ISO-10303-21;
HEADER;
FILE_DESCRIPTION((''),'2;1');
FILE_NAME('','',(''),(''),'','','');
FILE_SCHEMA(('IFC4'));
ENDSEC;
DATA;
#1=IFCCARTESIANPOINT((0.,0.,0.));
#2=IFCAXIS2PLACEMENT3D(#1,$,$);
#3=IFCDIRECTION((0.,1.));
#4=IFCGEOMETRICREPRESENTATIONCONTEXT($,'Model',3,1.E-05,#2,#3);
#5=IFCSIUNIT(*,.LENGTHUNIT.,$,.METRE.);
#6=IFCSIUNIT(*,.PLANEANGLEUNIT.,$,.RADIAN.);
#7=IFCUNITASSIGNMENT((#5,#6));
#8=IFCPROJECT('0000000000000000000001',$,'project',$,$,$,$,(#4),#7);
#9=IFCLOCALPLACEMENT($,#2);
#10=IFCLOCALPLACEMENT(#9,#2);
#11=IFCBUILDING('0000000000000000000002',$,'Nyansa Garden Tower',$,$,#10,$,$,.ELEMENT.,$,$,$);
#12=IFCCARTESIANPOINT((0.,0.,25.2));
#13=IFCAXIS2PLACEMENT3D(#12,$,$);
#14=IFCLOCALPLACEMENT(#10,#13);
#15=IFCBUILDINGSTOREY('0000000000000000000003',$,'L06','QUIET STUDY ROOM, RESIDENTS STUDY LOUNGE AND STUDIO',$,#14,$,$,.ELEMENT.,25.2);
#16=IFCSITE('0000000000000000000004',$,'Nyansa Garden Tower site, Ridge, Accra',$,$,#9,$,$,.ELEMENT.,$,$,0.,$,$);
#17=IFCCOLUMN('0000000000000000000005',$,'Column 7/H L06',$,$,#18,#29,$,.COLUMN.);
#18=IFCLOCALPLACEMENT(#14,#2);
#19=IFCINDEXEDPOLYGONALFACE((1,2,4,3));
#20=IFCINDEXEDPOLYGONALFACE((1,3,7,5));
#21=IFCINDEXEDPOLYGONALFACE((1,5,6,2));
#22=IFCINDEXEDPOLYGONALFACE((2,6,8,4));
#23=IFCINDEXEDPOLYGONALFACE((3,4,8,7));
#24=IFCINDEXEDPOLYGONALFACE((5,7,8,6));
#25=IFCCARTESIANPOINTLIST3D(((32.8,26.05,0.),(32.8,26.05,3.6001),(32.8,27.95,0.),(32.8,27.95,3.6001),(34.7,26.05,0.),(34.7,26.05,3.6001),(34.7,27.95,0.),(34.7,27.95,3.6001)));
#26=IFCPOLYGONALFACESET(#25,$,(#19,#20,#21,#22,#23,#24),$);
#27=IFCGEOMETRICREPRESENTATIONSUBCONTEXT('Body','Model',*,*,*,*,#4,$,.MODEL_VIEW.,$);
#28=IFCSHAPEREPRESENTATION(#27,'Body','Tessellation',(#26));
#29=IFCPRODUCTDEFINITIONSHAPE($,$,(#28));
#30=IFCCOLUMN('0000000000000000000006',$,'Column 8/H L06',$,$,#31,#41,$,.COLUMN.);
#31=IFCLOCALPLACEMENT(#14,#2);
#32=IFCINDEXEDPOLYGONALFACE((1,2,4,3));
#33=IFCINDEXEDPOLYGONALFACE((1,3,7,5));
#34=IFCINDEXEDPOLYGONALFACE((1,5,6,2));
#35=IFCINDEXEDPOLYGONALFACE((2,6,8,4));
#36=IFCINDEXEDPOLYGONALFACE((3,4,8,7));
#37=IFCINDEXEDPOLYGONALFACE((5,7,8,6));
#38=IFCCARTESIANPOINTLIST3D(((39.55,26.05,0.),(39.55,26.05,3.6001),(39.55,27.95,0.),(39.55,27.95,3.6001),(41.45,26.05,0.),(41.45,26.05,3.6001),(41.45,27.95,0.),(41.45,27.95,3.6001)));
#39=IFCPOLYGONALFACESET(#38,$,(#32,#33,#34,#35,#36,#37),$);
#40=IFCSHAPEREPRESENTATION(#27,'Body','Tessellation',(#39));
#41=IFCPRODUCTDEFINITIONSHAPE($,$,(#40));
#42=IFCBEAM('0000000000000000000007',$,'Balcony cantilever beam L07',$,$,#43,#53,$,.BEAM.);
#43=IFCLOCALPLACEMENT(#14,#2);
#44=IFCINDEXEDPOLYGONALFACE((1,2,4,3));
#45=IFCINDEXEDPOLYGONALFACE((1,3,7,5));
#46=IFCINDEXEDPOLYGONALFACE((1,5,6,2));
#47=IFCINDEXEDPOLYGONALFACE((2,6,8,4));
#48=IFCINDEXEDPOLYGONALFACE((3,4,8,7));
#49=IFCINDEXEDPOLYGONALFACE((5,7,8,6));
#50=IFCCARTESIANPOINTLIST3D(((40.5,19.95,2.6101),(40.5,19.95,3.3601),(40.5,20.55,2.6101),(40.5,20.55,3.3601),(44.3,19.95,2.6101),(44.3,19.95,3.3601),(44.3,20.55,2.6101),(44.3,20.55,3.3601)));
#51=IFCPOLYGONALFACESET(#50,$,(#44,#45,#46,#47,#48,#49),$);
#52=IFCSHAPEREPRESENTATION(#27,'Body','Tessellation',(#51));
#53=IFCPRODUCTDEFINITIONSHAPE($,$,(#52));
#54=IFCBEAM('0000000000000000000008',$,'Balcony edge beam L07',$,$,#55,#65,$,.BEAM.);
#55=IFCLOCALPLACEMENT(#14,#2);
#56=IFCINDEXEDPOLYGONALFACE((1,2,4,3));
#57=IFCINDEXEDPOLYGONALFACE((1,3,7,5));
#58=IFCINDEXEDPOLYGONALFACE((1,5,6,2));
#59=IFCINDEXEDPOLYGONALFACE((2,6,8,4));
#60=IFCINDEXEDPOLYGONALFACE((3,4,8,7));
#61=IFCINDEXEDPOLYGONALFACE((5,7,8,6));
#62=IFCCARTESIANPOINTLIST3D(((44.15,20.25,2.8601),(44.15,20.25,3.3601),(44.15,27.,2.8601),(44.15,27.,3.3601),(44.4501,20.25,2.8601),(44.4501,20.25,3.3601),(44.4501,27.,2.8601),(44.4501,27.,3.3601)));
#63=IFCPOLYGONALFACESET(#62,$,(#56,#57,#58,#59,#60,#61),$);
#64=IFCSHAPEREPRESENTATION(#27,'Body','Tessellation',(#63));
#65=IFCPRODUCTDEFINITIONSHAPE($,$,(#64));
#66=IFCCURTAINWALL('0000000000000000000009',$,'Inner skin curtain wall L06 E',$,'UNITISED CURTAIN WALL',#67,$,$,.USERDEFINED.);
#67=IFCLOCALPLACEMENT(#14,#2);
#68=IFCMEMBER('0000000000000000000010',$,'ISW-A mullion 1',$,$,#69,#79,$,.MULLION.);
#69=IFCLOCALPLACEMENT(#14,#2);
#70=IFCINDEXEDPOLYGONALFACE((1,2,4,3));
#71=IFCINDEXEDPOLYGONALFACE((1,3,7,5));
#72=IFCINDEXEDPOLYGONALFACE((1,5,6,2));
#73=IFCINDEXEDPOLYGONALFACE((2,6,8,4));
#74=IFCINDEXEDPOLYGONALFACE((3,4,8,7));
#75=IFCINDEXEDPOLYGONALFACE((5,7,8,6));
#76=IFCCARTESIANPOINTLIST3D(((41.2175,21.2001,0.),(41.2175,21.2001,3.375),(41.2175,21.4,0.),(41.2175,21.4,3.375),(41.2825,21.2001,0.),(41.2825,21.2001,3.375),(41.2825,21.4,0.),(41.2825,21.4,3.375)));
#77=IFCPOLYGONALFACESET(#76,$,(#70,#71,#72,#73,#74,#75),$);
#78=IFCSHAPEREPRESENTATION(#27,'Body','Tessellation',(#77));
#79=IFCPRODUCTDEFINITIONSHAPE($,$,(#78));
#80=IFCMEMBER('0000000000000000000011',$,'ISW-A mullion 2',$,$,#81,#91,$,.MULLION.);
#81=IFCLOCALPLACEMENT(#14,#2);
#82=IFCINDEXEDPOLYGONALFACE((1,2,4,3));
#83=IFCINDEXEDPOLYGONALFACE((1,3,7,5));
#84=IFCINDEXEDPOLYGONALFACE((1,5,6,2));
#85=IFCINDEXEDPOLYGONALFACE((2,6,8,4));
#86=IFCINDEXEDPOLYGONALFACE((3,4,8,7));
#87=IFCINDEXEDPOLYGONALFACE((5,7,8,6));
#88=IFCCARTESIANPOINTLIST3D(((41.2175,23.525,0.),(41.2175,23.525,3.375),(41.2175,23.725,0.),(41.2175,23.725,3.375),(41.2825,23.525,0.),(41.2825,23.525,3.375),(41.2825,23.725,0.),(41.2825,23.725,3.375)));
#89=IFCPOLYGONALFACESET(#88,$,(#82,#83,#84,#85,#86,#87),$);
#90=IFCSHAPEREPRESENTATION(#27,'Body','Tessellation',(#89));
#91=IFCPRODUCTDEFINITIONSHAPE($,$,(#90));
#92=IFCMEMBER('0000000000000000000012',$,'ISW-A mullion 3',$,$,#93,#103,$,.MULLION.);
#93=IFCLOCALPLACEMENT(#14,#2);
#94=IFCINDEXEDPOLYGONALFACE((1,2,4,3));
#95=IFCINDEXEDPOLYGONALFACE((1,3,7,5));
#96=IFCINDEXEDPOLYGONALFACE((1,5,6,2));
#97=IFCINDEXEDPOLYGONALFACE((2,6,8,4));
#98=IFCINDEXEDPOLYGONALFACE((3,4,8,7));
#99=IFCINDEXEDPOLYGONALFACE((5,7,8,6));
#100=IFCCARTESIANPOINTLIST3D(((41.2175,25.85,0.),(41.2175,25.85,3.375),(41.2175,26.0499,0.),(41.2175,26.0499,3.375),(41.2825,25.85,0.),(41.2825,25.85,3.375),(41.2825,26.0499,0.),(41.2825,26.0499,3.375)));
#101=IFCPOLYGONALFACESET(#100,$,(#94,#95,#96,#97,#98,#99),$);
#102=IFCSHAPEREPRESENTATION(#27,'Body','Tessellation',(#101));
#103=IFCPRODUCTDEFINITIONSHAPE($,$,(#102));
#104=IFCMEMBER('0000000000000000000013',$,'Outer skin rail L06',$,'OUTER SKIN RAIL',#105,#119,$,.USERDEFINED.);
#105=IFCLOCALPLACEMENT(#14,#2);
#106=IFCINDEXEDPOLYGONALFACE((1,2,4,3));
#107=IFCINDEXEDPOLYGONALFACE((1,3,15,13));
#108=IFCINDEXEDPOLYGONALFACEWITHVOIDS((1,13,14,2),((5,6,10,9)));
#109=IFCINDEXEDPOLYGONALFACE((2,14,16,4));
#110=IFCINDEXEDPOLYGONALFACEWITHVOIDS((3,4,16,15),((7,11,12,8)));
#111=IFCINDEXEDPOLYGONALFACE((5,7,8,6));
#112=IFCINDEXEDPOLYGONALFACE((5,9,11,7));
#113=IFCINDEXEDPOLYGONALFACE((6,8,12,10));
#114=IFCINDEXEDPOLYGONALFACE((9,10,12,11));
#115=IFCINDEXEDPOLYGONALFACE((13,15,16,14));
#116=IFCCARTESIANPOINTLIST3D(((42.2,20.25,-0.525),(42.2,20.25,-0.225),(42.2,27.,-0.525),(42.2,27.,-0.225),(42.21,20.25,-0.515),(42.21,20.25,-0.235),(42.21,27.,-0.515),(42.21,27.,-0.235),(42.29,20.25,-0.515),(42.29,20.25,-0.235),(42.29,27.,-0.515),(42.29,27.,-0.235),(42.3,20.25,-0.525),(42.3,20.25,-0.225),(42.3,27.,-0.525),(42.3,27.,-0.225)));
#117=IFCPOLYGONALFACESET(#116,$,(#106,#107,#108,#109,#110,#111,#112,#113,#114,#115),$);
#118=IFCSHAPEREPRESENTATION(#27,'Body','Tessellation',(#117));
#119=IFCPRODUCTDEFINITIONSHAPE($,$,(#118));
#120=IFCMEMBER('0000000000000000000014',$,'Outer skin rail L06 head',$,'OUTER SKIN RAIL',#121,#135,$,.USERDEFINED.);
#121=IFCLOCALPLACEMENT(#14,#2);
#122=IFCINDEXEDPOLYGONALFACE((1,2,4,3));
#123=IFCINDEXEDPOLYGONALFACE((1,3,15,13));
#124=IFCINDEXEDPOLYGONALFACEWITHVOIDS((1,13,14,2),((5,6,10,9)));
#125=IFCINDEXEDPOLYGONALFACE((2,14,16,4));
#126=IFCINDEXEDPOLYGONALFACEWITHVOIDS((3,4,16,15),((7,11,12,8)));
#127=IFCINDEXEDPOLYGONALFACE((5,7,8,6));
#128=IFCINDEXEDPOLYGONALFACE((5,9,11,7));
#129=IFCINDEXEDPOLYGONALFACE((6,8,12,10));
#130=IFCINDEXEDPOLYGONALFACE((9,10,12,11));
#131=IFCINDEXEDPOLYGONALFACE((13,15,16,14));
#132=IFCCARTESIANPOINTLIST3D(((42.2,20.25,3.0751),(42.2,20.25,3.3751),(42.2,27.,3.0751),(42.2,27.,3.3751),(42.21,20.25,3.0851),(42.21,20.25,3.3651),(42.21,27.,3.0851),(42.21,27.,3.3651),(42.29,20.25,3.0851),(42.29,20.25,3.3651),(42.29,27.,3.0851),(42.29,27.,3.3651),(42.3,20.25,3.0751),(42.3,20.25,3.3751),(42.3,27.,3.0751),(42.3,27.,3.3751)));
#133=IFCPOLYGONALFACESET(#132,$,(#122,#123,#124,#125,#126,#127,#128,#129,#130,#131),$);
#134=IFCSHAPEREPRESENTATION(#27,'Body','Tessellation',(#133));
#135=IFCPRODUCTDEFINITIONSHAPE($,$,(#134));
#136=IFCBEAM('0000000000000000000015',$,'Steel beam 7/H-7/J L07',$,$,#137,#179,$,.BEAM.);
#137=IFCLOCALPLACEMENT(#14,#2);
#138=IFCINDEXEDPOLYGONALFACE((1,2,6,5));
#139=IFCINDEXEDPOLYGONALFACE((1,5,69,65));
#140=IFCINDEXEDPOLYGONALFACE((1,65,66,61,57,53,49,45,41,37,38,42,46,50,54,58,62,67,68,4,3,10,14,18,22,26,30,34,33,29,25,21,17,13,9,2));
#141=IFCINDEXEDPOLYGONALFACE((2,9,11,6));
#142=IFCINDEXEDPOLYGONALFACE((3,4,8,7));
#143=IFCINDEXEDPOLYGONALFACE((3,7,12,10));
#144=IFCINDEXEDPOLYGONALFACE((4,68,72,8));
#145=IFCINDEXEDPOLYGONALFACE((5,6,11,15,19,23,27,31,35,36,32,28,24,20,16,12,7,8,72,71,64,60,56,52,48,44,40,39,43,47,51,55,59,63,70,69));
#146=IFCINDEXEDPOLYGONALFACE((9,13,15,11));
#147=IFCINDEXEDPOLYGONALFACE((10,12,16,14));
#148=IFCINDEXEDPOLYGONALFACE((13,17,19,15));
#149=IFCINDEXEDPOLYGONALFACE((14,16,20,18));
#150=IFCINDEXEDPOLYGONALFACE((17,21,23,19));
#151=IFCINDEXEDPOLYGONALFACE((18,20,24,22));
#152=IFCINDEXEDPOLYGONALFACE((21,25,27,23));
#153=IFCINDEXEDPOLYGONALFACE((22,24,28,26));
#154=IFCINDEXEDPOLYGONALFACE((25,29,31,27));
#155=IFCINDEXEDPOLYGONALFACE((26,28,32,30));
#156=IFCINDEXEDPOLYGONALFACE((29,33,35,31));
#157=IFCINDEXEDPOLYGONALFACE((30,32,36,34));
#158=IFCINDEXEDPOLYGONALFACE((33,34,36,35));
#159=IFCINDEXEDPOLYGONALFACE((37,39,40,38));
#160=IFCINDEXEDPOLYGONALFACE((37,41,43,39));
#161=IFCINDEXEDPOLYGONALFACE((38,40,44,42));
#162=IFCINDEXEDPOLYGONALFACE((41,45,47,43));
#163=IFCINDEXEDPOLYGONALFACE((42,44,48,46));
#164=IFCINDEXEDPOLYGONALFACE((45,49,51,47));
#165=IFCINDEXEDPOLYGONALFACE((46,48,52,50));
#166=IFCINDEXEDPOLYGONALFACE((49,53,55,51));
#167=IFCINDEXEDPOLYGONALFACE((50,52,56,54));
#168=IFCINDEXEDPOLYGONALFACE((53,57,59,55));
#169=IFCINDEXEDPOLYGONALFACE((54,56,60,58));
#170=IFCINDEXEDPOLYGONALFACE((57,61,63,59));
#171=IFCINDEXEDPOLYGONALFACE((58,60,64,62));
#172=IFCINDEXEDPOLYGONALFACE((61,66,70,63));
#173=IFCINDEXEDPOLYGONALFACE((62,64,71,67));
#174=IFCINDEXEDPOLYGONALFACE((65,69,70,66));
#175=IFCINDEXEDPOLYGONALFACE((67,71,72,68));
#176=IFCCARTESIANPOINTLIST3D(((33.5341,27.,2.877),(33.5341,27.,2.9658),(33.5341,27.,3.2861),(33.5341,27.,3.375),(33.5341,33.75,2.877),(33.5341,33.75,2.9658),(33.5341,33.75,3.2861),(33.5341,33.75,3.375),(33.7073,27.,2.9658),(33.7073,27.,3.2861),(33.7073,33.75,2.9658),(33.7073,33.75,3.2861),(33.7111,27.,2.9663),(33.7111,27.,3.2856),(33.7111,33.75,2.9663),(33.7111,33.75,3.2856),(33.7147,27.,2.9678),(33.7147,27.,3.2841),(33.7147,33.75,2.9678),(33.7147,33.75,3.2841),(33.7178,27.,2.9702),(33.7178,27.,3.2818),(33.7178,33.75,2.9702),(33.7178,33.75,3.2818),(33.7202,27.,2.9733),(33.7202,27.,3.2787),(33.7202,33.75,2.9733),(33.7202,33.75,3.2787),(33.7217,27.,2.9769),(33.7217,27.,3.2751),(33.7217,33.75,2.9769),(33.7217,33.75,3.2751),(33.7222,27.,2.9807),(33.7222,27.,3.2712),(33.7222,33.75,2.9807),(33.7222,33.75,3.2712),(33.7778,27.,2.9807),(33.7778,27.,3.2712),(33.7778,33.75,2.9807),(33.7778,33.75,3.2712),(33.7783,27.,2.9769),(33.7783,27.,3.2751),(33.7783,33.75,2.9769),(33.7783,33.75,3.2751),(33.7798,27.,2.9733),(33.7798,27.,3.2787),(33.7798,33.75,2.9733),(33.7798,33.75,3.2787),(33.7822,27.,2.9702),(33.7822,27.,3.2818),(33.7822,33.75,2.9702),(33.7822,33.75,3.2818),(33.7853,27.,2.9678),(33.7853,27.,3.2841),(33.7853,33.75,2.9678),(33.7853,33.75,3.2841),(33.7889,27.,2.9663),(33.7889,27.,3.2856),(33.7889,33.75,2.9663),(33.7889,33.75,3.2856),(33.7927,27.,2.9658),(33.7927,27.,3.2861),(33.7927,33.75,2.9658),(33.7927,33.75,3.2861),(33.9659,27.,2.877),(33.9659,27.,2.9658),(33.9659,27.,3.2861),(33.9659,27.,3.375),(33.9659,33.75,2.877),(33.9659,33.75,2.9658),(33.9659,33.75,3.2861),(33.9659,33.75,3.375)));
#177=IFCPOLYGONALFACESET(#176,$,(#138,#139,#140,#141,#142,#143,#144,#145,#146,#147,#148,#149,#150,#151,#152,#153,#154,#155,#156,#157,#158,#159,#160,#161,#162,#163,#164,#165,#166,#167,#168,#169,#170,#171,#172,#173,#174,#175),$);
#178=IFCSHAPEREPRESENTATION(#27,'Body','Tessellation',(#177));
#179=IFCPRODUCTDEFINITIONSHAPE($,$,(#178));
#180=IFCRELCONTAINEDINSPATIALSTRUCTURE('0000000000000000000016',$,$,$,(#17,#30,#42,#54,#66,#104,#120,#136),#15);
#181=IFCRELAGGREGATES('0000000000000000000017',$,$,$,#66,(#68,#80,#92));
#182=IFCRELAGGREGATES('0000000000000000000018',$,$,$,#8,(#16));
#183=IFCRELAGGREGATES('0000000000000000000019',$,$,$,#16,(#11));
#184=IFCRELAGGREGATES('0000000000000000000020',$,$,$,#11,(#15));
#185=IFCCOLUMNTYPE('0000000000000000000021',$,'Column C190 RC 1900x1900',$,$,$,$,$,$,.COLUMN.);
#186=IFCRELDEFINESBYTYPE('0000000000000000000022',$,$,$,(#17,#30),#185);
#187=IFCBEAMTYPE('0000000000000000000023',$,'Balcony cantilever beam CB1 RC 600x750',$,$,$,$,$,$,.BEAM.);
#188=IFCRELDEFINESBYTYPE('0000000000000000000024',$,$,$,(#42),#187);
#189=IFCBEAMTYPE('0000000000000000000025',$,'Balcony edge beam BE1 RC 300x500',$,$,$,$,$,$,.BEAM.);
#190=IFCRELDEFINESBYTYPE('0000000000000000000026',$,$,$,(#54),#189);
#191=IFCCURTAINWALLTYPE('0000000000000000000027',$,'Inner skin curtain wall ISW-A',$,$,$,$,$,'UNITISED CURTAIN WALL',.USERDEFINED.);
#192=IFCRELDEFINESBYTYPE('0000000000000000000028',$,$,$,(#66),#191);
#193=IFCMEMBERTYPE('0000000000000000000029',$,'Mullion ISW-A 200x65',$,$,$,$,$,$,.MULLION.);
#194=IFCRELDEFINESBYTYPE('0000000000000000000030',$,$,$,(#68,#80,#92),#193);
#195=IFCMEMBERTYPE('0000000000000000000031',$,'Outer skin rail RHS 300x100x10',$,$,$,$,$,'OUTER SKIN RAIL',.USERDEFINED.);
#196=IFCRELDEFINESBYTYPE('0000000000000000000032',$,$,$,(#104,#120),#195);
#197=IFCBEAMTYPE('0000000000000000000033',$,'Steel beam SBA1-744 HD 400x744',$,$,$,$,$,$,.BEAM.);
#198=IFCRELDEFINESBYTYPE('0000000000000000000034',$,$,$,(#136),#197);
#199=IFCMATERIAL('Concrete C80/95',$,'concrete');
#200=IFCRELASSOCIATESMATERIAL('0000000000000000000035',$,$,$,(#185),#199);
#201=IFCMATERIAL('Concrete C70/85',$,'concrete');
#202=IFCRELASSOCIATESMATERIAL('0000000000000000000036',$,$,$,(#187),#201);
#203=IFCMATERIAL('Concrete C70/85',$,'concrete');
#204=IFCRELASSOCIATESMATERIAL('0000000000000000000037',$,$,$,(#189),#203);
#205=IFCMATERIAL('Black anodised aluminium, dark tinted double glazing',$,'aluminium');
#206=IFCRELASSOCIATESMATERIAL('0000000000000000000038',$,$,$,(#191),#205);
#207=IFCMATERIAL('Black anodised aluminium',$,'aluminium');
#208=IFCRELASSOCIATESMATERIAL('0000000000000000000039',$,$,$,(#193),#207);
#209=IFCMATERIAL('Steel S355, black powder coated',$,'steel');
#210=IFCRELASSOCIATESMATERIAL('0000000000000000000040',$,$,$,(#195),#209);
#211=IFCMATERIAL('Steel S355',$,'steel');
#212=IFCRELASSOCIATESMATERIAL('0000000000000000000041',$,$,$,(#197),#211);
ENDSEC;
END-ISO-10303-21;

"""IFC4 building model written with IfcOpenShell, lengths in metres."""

from ifc_helpers import new_model, si_unit, direction, frame, origin, origin_2d, place, context, subcontext, project, spatial, rectangle, hollow_rectangle, i_section, extrude, material, material_profile, profile_set, type_object, element, aggregate, save


model = new_model("IFC4")

# Units and contexts
model_context = context("Model", 3, precision=1e-05, world=origin(), true_north=direction((0.0, 1.0)))
body_context = subcontext(model_context, "Body", "Model", "MODEL_VIEW")
ifc_project = project(units=[si_unit("LENGTHUNIT", "METRE"), si_unit("PLANEANGLEUNIT", "RADIAN")], contexts=[model_context])

# Site, building, storey
site_placement = place(None, origin())
site = spatial("IfcSite", under=ifc_project, at=site_placement, Name="Nyansa Garden Tower site, Ridge, Accra", CompositionType="ELEMENT", RefElevation=0.0)
building_placement = place(site_placement, origin())
building = spatial("IfcBuilding", under=site, at=building_placement, Name="Nyansa Garden Tower", CompositionType="ELEMENT")
storey_placement = place(building_placement, frame((0.0, 0.0, 25.2)))
storey = spatial("IfcBuildingStorey", under=building, at=storey_placement, Name="L06", Description="QUIET STUDY ROOM, RESIDENTS STUDY LOUNGE AND STUDIO", CompositionType="ELEMENT", Elevation=25.2)

# Columns
ifc_material_1 = material(Name="Concrete C80/95", Category="concrete")
ifc_material_profile_1 = material_profile(ifc_material_1, rectangle(XDim=1.8999, YDim=1.8999, at=origin_2d()), Name="RC 1900x1900")
ifc_profile_set_1 = profile_set([ifc_material_profile_1], Name="Concrete C80/95")
column_type = type_object("IfcColumnType", Name="Column C190 RC 1900x1900", PredefinedType="COLUMN", material=ifc_profile_set_1)
for number, where, z_axis, x_axis, name in (
    (1, (33.75, 27.0, 0.0), (0.0, 0.0, 1.0), (1.0, 0.0, 0.0), "Column 7/H L06"),
    (2, (40.5, 27.0, 0.0), (0.0, 0.0, 1.0), (1.0, 0.0, 0.0), "Column 8/H L06"),
):
    element("IfcColumn", number, at=place(storey_placement, frame(where, z_axis=z_axis, x_axis=x_axis)), inside=storey, type_object=column_type, Name=name, PredefinedType="COLUMN", context=body_context, shape_type="SweptSolid", body=[
        extrude(rectangle(XDim=1.8999, YDim=1.8999, at=origin_2d()), origin(), (0.0, 0.0, 1.0), 3.6001),
    ])

# Beams
ifc_material_2 = material(Name="Concrete C70/85", Category="concrete")
ifc_material_profile_2 = material_profile(ifc_material_2, rectangle(XDim=0.6001, YDim=0.75, at=origin_2d()), Name="RC 600x750")
ifc_profile_set_2 = profile_set([ifc_material_profile_2], Name="Concrete C70/85")
beam_type_1 = type_object("IfcBeamType", Name="Balcony cantilever beam CB1 RC 600x750", PredefinedType="BEAM", material=ifc_profile_set_2)
beam_1_placement = place(storey_placement, frame((40.5, 20.25, 2.9851), z_axis=(1.0, 0.0, 0.0), x_axis=(0.0, 1.0, 0.0)))
element("IfcBeam", 3, at=beam_1_placement, inside=storey, type_object=beam_type_1, Name="Balcony cantilever beam L07", PredefinedType="BEAM", context=body_context, shape_type="SweptSolid", body=[
    extrude(rectangle(XDim=0.6001, YDim=0.75, at=origin_2d()), origin(), (0.0, 0.0, 1.0), 3.8),
])
ifc_material_3 = material(Name="Concrete C70/85", Category="concrete")
ifc_material_profile_3 = material_profile(ifc_material_3, rectangle(XDim=0.3, YDim=0.5, at=origin_2d()), Name="RC 300x500")
ifc_profile_set_3 = profile_set([ifc_material_profile_3], Name="Concrete C70/85")
beam_type_2 = type_object("IfcBeamType", Name="Balcony edge beam BE1 RC 300x500", PredefinedType="BEAM", material=ifc_profile_set_3)
beam_2_placement = place(storey_placement, frame((44.3, 20.25, 3.1101), z_axis=(0.0, 1.0, 0.0), x_axis=(-1.0, 0.0, 0.0)))
element("IfcBeam", 4, at=beam_2_placement, inside=storey, type_object=beam_type_2, Name="Balcony edge beam L07", PredefinedType="BEAM", context=body_context, shape_type="SweptSolid", body=[
    extrude(rectangle(XDim=0.3, YDim=0.5, at=origin_2d()), origin(), (0.0, 0.0, 1.0), 6.75),
])

# Curtain wall, members
ifc_material_4 = material(Name="Black anodised aluminium, dark tinted double glazing", Category="aluminium")
curtain_wall_type = type_object("IfcCurtainWallType", Name="Inner skin curtain wall ISW-A", ElementType="UNITISED CURTAIN WALL", PredefinedType="USERDEFINED", material=ifc_material_4)
curtain_wall_placement = place(storey_placement, origin())
curtain_wall = element("IfcCurtainWall", 5, at=curtain_wall_placement, inside=storey, type_object=curtain_wall_type, Name="Inner skin curtain wall L06 E", ObjectType="UNITISED CURTAIN WALL", PredefinedType="USERDEFINED")
ifc_material_5 = material(Name="Black anodised aluminium", Category="aluminium")
ifc_material_profile_4 = material_profile(ifc_material_5, rectangle(XDim=0.0649, YDim=0.2, at=origin_2d()), Name="Mullion 200x65")
ifc_profile_set_4 = profile_set([ifc_material_profile_4], Name="Black anodised aluminium")
member_type_1 = type_object("IfcMemberType", Name="Mullion ISW-A 200x65", PredefinedType="MULLION", material=ifc_profile_set_4)
member_1_placement = place(storey_placement, frame((41.25, 21.3, 0.0), z_axis=(0.0, 0.0, 1.0), x_axis=(-1.0, 0.0, 0.0)))
member_1 = element("IfcMember", 6, at=member_1_placement, type_object=member_type_1, Name="ISW-A mullion 1", PredefinedType="MULLION", context=body_context, shape_type="SweptSolid", body=[
    extrude(rectangle(XDim=0.0649, YDim=0.2, at=origin_2d()), origin(), (0.0, 0.0, 1.0), 3.375),
])
member_2_placement = place(storey_placement, frame((41.25, 23.625, 0.0), z_axis=(0.0, 0.0, 1.0), x_axis=(-1.0, 0.0, 0.0)))
member_2 = element("IfcMember", 7, at=member_2_placement, type_object=member_type_1, Name="ISW-A mullion 2", PredefinedType="MULLION", context=body_context, shape_type="SweptSolid", body=[
    extrude(rectangle(XDim=0.0649, YDim=0.2, at=origin_2d()), origin(), (0.0, 0.0, 1.0), 3.375),
])
member_3_placement = place(storey_placement, frame((41.25, 25.95, 0.0), z_axis=(0.0, 0.0, 1.0), x_axis=(-1.0, 0.0, 0.0)))
member_3 = element("IfcMember", 8, at=member_3_placement, type_object=member_type_1, Name="ISW-A mullion 3", PredefinedType="MULLION", context=body_context, shape_type="SweptSolid", body=[
    extrude(rectangle(XDim=0.0649, YDim=0.2, at=origin_2d()), origin(), (0.0, 0.0, 1.0), 3.375),
])

# Members
ifc_material_6 = material(Name="Steel S355, black powder coated", Category="steel")
ifc_material_profile_5 = material_profile(ifc_material_6, hollow_rectangle(XDim=0.1001, YDim=0.3, WallThickness=0.01, at=origin_2d()), Name="RHS 300x100x10")
ifc_profile_set_5 = profile_set([ifc_material_profile_5], Name="Steel S355, black powder coated")
member_type_2 = type_object("IfcMemberType", Name="Outer skin rail RHS 300x100x10", ElementType="OUTER SKIN RAIL", PredefinedType="USERDEFINED", material=ifc_profile_set_5)
for number, where, z_axis, x_axis, name in (
    (9, (42.25, 20.25, -0.375), (0.0, 1.0, 0.0), (-1.0, 0.0, 0.0), "Outer skin rail L06"),
    (10, (42.25, 20.25, 3.2251), (0.0, 1.0, 0.0), (-1.0, 0.0, 0.0), "Outer skin rail L06 head"),
):
    element("IfcMember", number, at=place(storey_placement, frame(where, z_axis=z_axis, x_axis=x_axis)), inside=storey, type_object=member_type_2, Name=name, ObjectType="OUTER SKIN RAIL", PredefinedType="USERDEFINED", context=body_context, shape_type="SweptSolid", body=[
        extrude(hollow_rectangle(XDim=0.1001, YDim=0.3, WallThickness=0.01, at=origin_2d()), origin(), (0.0, 0.0, 1.0), 6.75),
    ])

# Beam
ifc_material_7 = material(Name="Steel S355", Category="steel")
ifc_material_profile_6 = material_profile(ifc_material_7, i_section(OverallWidth=0.4319, OverallDepth=0.498, WebThickness=0.0557, FlangeThickness=0.0889, FilletRadius=0.0149, at=origin_2d()), Name="HD 400x744")
ifc_profile_set_6 = profile_set([ifc_material_profile_6], Name="Steel S355")
beam_type_3 = type_object("IfcBeamType", Name="Steel beam SBA1-744 HD 400x744", PredefinedType="BEAM", material=ifc_profile_set_6)
for number, where, z_axis, x_axis, name in (
    (11, (33.75, 27.0, 3.126), (0.0, 1.0, 0.0), (-1.0, 0.0, 0.0), "Steel beam 7/H-7/J L07"),
):
    element("IfcBeam", number, at=place(storey_placement, frame(where, z_axis=z_axis, x_axis=x_axis)), inside=storey, type_object=beam_type_3, Name=name, PredefinedType="BEAM", context=body_context, shape_type="SweptSolid", body=[
        extrude(i_section(OverallWidth=0.4319, OverallDepth=0.498, WebThickness=0.0557, FlangeThickness=0.0889, FilletRadius=0.0149, at=origin_2d()), origin(), (0.0, 0.0, 1.0), 6.75),
    ])

aggregate(curtain_wall, [member_1, member_2, member_3])

save(model, "model.ifc")
